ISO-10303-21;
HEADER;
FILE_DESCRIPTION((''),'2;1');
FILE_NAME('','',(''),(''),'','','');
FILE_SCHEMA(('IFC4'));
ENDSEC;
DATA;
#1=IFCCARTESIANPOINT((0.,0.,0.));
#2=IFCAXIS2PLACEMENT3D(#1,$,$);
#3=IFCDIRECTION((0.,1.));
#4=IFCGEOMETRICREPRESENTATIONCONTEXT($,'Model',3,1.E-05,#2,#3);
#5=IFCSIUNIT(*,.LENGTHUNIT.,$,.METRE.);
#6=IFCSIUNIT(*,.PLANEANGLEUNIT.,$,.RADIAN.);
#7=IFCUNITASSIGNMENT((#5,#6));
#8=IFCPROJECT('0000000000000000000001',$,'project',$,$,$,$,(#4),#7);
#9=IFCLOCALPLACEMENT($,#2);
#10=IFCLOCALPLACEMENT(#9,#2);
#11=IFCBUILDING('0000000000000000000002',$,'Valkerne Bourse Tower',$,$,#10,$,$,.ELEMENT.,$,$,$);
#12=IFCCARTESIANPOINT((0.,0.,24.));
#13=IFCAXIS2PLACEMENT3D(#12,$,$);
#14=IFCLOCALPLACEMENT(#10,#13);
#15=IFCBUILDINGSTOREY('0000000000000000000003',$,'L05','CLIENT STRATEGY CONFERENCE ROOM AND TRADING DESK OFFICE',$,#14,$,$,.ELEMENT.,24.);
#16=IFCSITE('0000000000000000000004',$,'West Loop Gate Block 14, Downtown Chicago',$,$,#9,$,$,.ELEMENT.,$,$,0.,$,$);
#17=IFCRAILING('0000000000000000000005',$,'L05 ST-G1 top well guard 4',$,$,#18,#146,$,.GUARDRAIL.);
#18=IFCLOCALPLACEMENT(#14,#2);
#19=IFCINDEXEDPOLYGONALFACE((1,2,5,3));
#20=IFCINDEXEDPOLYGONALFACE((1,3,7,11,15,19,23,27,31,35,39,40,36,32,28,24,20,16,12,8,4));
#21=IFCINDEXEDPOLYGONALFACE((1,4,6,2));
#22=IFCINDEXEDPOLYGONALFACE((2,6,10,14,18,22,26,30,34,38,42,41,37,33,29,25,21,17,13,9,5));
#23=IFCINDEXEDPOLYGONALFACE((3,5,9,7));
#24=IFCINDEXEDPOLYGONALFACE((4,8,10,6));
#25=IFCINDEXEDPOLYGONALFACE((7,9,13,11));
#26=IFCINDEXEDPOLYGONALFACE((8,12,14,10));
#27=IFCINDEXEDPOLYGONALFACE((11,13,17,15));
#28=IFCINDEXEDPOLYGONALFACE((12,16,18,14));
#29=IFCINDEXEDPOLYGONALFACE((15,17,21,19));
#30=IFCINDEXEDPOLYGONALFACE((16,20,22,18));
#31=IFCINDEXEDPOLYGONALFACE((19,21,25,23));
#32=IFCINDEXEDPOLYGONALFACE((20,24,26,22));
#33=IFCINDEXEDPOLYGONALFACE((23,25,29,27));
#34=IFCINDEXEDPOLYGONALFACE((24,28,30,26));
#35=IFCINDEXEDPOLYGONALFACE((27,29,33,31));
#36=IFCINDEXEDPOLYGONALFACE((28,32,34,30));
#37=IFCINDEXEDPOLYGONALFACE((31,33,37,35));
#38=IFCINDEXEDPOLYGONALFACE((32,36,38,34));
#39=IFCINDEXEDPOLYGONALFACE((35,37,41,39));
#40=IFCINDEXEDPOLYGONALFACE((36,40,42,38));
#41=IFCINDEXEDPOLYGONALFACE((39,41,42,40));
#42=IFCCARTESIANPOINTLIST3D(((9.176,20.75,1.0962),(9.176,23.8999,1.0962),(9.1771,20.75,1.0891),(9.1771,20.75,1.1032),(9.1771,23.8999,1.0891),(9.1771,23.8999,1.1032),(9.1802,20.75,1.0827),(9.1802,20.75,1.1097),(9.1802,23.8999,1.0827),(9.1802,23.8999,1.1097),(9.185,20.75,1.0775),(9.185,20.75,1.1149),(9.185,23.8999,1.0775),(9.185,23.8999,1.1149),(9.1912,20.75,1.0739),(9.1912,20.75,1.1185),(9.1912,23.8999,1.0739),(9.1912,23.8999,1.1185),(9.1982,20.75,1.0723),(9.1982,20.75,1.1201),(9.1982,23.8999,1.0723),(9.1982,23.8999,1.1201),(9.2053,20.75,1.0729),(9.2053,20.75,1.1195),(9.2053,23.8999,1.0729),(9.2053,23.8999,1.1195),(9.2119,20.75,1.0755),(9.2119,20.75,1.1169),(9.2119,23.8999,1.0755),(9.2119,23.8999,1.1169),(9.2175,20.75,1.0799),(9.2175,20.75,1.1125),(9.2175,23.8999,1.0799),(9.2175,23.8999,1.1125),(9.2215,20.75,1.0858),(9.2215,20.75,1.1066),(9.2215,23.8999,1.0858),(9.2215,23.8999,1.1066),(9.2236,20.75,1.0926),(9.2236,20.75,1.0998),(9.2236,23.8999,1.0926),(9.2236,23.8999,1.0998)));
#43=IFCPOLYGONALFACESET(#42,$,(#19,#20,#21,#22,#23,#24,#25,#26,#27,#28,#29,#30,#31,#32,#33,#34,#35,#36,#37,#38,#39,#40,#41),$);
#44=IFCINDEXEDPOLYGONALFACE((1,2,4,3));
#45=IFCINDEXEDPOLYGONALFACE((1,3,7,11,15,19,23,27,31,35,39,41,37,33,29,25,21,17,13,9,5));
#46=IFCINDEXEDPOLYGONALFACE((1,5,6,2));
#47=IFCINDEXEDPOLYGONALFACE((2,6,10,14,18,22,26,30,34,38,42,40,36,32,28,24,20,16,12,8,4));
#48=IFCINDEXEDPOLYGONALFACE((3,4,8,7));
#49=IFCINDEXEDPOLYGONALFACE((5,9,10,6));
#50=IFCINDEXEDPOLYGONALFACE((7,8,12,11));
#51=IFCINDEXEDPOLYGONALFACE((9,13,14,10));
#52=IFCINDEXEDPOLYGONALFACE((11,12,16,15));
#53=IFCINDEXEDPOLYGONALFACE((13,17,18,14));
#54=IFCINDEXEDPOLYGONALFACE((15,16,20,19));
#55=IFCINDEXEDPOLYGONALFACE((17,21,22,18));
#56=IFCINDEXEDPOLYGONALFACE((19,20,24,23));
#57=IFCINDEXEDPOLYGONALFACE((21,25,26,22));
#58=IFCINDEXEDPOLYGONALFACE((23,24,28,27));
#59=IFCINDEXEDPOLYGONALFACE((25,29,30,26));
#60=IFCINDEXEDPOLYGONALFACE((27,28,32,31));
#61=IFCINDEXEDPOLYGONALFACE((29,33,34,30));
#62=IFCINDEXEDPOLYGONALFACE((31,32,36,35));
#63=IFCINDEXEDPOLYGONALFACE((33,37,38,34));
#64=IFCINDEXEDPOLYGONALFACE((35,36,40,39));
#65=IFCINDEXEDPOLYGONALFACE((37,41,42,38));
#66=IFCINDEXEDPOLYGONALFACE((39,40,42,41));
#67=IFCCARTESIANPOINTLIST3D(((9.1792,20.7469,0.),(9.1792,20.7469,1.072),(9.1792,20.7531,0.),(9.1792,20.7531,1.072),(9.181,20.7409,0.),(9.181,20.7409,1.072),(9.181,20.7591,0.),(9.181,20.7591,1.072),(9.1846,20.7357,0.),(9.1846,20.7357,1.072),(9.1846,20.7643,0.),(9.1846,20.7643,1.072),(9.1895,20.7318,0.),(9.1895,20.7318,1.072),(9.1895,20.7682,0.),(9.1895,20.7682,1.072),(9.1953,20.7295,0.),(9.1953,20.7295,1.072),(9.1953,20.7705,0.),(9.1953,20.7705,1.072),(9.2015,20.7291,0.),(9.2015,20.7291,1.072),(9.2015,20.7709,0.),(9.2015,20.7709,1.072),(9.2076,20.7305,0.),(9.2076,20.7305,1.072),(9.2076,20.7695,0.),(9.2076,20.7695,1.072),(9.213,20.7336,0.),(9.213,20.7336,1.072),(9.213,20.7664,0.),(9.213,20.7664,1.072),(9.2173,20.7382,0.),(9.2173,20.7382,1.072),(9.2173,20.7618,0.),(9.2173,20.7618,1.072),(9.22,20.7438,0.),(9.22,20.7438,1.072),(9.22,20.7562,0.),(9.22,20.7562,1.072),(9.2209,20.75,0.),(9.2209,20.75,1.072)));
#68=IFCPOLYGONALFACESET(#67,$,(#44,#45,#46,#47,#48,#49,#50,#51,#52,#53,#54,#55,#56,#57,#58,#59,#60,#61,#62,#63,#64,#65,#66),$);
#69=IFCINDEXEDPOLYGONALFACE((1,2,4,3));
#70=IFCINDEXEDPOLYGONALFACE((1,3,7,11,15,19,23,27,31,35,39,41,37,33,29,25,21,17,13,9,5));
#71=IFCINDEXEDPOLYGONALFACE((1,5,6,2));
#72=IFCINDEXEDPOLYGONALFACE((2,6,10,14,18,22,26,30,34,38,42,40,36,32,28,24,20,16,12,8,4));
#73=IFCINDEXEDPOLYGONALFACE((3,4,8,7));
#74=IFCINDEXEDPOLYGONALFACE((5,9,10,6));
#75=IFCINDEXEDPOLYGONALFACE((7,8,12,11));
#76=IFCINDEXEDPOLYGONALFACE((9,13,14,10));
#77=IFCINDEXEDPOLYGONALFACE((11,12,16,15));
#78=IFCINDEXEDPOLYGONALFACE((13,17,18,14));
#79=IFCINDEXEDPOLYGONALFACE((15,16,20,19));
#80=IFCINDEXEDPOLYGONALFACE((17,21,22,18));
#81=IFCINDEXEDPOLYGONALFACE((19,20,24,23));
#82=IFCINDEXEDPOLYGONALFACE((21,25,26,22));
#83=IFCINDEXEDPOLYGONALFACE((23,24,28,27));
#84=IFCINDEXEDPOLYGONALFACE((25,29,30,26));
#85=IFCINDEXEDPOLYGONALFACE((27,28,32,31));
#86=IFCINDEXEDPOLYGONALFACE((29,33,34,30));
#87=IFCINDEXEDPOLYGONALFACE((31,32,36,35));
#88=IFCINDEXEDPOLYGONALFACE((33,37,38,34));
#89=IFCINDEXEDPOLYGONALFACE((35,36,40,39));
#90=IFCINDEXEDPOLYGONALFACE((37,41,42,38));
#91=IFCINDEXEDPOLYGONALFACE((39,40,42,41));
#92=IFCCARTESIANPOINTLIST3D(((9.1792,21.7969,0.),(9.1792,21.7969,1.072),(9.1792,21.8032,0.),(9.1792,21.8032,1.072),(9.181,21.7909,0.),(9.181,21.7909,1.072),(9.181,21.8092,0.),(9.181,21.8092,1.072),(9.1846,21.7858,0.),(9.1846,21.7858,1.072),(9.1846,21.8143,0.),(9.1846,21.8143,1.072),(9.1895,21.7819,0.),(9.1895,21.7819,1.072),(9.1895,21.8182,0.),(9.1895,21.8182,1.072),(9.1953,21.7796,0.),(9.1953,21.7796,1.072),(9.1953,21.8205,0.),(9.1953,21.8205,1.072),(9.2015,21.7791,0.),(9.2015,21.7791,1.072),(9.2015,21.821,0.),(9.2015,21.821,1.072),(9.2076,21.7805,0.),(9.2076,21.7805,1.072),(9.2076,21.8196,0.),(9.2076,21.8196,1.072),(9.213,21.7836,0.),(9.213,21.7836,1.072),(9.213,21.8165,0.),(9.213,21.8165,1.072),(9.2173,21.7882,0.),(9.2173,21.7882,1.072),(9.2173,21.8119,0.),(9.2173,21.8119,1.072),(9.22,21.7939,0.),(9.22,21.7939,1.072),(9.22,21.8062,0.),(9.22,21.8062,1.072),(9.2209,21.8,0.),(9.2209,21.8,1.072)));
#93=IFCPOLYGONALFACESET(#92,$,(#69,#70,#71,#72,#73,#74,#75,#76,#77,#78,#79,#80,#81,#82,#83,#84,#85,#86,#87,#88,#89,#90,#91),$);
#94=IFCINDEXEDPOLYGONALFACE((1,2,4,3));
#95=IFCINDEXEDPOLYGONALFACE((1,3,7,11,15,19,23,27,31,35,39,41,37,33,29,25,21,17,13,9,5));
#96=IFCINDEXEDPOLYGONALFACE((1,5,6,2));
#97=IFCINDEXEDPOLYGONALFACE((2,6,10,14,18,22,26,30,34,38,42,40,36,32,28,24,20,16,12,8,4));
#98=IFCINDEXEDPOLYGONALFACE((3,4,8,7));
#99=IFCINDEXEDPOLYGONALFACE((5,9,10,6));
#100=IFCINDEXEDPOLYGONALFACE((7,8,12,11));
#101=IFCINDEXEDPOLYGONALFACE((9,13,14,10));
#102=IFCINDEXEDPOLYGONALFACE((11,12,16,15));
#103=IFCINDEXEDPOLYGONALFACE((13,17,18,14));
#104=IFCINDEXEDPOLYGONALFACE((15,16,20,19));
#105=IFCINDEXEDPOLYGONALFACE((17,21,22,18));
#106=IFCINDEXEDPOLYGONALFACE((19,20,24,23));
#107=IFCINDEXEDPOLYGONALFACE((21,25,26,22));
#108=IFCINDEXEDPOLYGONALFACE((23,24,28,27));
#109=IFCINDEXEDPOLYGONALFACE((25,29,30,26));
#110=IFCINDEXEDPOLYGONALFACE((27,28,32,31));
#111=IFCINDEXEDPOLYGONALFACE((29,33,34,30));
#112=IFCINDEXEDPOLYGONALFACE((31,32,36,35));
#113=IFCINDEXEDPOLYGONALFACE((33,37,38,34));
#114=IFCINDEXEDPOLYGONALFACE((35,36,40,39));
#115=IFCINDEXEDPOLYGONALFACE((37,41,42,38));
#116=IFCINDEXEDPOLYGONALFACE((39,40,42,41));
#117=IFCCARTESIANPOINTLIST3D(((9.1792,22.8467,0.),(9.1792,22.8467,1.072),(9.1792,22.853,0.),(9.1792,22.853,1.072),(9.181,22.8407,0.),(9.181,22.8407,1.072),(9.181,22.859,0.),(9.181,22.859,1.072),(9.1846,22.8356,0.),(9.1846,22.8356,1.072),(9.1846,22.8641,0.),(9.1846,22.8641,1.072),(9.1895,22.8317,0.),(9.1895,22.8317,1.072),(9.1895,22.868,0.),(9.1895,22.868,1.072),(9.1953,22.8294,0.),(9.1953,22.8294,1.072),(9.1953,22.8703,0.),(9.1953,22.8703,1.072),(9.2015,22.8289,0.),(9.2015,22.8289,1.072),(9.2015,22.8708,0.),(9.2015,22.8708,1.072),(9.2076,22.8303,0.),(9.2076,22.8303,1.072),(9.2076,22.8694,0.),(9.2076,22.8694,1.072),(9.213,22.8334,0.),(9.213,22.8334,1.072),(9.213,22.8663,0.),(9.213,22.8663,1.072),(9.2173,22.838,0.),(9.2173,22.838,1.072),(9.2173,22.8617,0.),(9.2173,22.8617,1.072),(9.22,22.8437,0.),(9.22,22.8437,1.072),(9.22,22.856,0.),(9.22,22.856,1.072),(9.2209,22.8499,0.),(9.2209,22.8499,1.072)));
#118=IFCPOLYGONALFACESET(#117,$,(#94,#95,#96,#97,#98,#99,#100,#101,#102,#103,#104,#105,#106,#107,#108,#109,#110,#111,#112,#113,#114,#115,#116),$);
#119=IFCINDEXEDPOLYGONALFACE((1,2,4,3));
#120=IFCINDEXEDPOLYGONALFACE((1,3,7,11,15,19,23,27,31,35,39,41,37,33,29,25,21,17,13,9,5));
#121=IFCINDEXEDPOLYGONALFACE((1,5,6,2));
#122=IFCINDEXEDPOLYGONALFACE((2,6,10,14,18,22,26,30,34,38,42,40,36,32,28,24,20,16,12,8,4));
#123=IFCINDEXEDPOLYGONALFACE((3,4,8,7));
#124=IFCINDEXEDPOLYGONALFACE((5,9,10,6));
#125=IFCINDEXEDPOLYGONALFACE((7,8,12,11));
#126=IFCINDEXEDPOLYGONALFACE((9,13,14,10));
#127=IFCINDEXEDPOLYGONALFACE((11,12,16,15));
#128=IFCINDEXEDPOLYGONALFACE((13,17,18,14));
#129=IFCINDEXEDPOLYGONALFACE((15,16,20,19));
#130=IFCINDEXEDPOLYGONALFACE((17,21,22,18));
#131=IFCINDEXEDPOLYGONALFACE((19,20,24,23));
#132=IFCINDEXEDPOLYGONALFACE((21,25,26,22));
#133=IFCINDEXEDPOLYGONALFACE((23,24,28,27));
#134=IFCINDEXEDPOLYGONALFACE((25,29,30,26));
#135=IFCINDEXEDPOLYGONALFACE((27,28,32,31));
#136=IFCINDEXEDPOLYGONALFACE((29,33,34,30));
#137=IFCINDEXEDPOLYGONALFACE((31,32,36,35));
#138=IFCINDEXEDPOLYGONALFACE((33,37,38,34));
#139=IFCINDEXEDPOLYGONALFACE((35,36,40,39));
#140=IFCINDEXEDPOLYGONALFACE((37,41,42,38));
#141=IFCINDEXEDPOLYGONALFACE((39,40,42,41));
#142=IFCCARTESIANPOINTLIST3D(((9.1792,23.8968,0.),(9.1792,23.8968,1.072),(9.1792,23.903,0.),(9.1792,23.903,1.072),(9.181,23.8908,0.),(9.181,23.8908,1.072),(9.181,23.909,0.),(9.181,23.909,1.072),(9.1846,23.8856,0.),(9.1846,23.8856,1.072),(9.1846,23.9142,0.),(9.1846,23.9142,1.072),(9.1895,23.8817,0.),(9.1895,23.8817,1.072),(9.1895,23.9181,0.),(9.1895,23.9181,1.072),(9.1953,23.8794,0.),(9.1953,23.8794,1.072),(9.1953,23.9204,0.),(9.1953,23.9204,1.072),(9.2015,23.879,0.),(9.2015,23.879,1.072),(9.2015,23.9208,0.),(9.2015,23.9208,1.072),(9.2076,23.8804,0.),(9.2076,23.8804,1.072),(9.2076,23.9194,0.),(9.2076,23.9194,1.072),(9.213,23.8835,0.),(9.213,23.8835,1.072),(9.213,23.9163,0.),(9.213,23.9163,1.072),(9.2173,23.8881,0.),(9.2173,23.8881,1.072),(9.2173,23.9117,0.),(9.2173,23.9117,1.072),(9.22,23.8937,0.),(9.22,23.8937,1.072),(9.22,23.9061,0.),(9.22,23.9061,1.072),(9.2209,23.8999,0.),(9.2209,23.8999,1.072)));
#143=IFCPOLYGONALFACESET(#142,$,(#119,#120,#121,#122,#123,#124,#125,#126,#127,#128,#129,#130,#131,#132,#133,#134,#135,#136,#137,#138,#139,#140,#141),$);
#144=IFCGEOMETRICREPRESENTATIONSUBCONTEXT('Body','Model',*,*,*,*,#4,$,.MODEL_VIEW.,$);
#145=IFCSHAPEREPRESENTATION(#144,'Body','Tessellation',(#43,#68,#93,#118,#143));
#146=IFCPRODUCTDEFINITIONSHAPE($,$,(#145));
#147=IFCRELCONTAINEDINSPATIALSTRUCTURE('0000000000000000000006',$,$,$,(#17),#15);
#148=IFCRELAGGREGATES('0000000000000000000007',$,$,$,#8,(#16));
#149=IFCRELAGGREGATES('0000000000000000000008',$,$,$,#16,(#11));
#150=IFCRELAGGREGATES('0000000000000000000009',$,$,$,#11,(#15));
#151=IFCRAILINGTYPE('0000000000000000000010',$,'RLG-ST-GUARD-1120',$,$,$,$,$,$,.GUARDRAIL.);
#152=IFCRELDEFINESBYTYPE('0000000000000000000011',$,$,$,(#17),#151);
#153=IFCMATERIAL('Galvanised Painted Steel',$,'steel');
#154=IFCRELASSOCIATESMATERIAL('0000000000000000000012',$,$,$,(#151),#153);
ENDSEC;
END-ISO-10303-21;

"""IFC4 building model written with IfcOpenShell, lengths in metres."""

from ifc_helpers import new_model, si_unit, direction, frame, origin, origin_2d, place, context, subcontext, project, spatial, circle, extrude, material, type_object, element, save


model = new_model("IFC4")

# Units and contexts
model_context = context("Model", 3, precision=1e-05, world=origin(), true_north=direction((0.0, 1.0)))
body_context = subcontext(model_context, "Body", "Model", "MODEL_VIEW")
ifc_project = project(units=[si_unit("LENGTHUNIT", "METRE"), si_unit("PLANEANGLEUNIT", "RADIAN")], contexts=[model_context])

# Site, building, storey
site_placement = place(None, origin())
site = spatial("IfcSite", under=ifc_project, at=site_placement, Name="West Loop Gate Block 14, Downtown Chicago", CompositionType="ELEMENT", RefElevation=0.0)
building_placement = place(site_placement, origin())
building = spatial("IfcBuilding", under=site, at=building_placement, Name="Valkerne Bourse Tower", CompositionType="ELEMENT")
storey_placement = place(building_placement, frame((0.0, 0.0, 24.0)))
storey = spatial("IfcBuildingStorey", under=building, at=storey_placement, Name="L05", Description="CLIENT STRATEGY CONFERENCE ROOM AND TRADING DESK OFFICE", CompositionType="ELEMENT", Elevation=24.0)

# Railing
ifc_material_1 = material(Name="Galvanised Painted Steel", Category="steel")
railing_type = type_object("IfcRailingType", Name="RLG-ST-GUARD-1120", PredefinedType="GUARDRAIL", material=ifc_material_1)
railing_1_placement = place(storey_placement, frame((9.2, 20.75, 0.0)))
element("IfcRailing", 1, at=railing_1_placement, inside=storey, type_object=railing_type, Name="L05 ST-G1 top well guard 4", PredefinedType="GUARDRAIL", context=body_context, shape_type="SweptSolid", body=[
    extrude(circle(Radius=0.0239, at=origin_2d()), frame((0.0, 0.0, 1.0962), z_axis=(0.0, 1.0, 0.0), x_axis=(-1.0, 0.0, 0.0)), (0.0, 0.0, 1.0), 3.1499),
    extrude(circle(Radius=0.021, at=origin_2d()), origin(), (0.0, 0.0, 1.0), 1.072),
    extrude(circle(Radius=0.021, at=origin_2d()), frame((0.0, 1.05, 0.0)), (0.0, 0.0, 1.0), 1.072),
    extrude(circle(Radius=0.021, at=origin_2d()), frame((0.0, 2.0999, 0.0)), (0.0, 0.0, 1.0), 1.072),
    extrude(circle(Radius=0.021, at=origin_2d()), frame((0.0, 3.1499, 0.0)), (0.0, 0.0, 1.0), 1.072),
])

save(model, "model.ifc")
